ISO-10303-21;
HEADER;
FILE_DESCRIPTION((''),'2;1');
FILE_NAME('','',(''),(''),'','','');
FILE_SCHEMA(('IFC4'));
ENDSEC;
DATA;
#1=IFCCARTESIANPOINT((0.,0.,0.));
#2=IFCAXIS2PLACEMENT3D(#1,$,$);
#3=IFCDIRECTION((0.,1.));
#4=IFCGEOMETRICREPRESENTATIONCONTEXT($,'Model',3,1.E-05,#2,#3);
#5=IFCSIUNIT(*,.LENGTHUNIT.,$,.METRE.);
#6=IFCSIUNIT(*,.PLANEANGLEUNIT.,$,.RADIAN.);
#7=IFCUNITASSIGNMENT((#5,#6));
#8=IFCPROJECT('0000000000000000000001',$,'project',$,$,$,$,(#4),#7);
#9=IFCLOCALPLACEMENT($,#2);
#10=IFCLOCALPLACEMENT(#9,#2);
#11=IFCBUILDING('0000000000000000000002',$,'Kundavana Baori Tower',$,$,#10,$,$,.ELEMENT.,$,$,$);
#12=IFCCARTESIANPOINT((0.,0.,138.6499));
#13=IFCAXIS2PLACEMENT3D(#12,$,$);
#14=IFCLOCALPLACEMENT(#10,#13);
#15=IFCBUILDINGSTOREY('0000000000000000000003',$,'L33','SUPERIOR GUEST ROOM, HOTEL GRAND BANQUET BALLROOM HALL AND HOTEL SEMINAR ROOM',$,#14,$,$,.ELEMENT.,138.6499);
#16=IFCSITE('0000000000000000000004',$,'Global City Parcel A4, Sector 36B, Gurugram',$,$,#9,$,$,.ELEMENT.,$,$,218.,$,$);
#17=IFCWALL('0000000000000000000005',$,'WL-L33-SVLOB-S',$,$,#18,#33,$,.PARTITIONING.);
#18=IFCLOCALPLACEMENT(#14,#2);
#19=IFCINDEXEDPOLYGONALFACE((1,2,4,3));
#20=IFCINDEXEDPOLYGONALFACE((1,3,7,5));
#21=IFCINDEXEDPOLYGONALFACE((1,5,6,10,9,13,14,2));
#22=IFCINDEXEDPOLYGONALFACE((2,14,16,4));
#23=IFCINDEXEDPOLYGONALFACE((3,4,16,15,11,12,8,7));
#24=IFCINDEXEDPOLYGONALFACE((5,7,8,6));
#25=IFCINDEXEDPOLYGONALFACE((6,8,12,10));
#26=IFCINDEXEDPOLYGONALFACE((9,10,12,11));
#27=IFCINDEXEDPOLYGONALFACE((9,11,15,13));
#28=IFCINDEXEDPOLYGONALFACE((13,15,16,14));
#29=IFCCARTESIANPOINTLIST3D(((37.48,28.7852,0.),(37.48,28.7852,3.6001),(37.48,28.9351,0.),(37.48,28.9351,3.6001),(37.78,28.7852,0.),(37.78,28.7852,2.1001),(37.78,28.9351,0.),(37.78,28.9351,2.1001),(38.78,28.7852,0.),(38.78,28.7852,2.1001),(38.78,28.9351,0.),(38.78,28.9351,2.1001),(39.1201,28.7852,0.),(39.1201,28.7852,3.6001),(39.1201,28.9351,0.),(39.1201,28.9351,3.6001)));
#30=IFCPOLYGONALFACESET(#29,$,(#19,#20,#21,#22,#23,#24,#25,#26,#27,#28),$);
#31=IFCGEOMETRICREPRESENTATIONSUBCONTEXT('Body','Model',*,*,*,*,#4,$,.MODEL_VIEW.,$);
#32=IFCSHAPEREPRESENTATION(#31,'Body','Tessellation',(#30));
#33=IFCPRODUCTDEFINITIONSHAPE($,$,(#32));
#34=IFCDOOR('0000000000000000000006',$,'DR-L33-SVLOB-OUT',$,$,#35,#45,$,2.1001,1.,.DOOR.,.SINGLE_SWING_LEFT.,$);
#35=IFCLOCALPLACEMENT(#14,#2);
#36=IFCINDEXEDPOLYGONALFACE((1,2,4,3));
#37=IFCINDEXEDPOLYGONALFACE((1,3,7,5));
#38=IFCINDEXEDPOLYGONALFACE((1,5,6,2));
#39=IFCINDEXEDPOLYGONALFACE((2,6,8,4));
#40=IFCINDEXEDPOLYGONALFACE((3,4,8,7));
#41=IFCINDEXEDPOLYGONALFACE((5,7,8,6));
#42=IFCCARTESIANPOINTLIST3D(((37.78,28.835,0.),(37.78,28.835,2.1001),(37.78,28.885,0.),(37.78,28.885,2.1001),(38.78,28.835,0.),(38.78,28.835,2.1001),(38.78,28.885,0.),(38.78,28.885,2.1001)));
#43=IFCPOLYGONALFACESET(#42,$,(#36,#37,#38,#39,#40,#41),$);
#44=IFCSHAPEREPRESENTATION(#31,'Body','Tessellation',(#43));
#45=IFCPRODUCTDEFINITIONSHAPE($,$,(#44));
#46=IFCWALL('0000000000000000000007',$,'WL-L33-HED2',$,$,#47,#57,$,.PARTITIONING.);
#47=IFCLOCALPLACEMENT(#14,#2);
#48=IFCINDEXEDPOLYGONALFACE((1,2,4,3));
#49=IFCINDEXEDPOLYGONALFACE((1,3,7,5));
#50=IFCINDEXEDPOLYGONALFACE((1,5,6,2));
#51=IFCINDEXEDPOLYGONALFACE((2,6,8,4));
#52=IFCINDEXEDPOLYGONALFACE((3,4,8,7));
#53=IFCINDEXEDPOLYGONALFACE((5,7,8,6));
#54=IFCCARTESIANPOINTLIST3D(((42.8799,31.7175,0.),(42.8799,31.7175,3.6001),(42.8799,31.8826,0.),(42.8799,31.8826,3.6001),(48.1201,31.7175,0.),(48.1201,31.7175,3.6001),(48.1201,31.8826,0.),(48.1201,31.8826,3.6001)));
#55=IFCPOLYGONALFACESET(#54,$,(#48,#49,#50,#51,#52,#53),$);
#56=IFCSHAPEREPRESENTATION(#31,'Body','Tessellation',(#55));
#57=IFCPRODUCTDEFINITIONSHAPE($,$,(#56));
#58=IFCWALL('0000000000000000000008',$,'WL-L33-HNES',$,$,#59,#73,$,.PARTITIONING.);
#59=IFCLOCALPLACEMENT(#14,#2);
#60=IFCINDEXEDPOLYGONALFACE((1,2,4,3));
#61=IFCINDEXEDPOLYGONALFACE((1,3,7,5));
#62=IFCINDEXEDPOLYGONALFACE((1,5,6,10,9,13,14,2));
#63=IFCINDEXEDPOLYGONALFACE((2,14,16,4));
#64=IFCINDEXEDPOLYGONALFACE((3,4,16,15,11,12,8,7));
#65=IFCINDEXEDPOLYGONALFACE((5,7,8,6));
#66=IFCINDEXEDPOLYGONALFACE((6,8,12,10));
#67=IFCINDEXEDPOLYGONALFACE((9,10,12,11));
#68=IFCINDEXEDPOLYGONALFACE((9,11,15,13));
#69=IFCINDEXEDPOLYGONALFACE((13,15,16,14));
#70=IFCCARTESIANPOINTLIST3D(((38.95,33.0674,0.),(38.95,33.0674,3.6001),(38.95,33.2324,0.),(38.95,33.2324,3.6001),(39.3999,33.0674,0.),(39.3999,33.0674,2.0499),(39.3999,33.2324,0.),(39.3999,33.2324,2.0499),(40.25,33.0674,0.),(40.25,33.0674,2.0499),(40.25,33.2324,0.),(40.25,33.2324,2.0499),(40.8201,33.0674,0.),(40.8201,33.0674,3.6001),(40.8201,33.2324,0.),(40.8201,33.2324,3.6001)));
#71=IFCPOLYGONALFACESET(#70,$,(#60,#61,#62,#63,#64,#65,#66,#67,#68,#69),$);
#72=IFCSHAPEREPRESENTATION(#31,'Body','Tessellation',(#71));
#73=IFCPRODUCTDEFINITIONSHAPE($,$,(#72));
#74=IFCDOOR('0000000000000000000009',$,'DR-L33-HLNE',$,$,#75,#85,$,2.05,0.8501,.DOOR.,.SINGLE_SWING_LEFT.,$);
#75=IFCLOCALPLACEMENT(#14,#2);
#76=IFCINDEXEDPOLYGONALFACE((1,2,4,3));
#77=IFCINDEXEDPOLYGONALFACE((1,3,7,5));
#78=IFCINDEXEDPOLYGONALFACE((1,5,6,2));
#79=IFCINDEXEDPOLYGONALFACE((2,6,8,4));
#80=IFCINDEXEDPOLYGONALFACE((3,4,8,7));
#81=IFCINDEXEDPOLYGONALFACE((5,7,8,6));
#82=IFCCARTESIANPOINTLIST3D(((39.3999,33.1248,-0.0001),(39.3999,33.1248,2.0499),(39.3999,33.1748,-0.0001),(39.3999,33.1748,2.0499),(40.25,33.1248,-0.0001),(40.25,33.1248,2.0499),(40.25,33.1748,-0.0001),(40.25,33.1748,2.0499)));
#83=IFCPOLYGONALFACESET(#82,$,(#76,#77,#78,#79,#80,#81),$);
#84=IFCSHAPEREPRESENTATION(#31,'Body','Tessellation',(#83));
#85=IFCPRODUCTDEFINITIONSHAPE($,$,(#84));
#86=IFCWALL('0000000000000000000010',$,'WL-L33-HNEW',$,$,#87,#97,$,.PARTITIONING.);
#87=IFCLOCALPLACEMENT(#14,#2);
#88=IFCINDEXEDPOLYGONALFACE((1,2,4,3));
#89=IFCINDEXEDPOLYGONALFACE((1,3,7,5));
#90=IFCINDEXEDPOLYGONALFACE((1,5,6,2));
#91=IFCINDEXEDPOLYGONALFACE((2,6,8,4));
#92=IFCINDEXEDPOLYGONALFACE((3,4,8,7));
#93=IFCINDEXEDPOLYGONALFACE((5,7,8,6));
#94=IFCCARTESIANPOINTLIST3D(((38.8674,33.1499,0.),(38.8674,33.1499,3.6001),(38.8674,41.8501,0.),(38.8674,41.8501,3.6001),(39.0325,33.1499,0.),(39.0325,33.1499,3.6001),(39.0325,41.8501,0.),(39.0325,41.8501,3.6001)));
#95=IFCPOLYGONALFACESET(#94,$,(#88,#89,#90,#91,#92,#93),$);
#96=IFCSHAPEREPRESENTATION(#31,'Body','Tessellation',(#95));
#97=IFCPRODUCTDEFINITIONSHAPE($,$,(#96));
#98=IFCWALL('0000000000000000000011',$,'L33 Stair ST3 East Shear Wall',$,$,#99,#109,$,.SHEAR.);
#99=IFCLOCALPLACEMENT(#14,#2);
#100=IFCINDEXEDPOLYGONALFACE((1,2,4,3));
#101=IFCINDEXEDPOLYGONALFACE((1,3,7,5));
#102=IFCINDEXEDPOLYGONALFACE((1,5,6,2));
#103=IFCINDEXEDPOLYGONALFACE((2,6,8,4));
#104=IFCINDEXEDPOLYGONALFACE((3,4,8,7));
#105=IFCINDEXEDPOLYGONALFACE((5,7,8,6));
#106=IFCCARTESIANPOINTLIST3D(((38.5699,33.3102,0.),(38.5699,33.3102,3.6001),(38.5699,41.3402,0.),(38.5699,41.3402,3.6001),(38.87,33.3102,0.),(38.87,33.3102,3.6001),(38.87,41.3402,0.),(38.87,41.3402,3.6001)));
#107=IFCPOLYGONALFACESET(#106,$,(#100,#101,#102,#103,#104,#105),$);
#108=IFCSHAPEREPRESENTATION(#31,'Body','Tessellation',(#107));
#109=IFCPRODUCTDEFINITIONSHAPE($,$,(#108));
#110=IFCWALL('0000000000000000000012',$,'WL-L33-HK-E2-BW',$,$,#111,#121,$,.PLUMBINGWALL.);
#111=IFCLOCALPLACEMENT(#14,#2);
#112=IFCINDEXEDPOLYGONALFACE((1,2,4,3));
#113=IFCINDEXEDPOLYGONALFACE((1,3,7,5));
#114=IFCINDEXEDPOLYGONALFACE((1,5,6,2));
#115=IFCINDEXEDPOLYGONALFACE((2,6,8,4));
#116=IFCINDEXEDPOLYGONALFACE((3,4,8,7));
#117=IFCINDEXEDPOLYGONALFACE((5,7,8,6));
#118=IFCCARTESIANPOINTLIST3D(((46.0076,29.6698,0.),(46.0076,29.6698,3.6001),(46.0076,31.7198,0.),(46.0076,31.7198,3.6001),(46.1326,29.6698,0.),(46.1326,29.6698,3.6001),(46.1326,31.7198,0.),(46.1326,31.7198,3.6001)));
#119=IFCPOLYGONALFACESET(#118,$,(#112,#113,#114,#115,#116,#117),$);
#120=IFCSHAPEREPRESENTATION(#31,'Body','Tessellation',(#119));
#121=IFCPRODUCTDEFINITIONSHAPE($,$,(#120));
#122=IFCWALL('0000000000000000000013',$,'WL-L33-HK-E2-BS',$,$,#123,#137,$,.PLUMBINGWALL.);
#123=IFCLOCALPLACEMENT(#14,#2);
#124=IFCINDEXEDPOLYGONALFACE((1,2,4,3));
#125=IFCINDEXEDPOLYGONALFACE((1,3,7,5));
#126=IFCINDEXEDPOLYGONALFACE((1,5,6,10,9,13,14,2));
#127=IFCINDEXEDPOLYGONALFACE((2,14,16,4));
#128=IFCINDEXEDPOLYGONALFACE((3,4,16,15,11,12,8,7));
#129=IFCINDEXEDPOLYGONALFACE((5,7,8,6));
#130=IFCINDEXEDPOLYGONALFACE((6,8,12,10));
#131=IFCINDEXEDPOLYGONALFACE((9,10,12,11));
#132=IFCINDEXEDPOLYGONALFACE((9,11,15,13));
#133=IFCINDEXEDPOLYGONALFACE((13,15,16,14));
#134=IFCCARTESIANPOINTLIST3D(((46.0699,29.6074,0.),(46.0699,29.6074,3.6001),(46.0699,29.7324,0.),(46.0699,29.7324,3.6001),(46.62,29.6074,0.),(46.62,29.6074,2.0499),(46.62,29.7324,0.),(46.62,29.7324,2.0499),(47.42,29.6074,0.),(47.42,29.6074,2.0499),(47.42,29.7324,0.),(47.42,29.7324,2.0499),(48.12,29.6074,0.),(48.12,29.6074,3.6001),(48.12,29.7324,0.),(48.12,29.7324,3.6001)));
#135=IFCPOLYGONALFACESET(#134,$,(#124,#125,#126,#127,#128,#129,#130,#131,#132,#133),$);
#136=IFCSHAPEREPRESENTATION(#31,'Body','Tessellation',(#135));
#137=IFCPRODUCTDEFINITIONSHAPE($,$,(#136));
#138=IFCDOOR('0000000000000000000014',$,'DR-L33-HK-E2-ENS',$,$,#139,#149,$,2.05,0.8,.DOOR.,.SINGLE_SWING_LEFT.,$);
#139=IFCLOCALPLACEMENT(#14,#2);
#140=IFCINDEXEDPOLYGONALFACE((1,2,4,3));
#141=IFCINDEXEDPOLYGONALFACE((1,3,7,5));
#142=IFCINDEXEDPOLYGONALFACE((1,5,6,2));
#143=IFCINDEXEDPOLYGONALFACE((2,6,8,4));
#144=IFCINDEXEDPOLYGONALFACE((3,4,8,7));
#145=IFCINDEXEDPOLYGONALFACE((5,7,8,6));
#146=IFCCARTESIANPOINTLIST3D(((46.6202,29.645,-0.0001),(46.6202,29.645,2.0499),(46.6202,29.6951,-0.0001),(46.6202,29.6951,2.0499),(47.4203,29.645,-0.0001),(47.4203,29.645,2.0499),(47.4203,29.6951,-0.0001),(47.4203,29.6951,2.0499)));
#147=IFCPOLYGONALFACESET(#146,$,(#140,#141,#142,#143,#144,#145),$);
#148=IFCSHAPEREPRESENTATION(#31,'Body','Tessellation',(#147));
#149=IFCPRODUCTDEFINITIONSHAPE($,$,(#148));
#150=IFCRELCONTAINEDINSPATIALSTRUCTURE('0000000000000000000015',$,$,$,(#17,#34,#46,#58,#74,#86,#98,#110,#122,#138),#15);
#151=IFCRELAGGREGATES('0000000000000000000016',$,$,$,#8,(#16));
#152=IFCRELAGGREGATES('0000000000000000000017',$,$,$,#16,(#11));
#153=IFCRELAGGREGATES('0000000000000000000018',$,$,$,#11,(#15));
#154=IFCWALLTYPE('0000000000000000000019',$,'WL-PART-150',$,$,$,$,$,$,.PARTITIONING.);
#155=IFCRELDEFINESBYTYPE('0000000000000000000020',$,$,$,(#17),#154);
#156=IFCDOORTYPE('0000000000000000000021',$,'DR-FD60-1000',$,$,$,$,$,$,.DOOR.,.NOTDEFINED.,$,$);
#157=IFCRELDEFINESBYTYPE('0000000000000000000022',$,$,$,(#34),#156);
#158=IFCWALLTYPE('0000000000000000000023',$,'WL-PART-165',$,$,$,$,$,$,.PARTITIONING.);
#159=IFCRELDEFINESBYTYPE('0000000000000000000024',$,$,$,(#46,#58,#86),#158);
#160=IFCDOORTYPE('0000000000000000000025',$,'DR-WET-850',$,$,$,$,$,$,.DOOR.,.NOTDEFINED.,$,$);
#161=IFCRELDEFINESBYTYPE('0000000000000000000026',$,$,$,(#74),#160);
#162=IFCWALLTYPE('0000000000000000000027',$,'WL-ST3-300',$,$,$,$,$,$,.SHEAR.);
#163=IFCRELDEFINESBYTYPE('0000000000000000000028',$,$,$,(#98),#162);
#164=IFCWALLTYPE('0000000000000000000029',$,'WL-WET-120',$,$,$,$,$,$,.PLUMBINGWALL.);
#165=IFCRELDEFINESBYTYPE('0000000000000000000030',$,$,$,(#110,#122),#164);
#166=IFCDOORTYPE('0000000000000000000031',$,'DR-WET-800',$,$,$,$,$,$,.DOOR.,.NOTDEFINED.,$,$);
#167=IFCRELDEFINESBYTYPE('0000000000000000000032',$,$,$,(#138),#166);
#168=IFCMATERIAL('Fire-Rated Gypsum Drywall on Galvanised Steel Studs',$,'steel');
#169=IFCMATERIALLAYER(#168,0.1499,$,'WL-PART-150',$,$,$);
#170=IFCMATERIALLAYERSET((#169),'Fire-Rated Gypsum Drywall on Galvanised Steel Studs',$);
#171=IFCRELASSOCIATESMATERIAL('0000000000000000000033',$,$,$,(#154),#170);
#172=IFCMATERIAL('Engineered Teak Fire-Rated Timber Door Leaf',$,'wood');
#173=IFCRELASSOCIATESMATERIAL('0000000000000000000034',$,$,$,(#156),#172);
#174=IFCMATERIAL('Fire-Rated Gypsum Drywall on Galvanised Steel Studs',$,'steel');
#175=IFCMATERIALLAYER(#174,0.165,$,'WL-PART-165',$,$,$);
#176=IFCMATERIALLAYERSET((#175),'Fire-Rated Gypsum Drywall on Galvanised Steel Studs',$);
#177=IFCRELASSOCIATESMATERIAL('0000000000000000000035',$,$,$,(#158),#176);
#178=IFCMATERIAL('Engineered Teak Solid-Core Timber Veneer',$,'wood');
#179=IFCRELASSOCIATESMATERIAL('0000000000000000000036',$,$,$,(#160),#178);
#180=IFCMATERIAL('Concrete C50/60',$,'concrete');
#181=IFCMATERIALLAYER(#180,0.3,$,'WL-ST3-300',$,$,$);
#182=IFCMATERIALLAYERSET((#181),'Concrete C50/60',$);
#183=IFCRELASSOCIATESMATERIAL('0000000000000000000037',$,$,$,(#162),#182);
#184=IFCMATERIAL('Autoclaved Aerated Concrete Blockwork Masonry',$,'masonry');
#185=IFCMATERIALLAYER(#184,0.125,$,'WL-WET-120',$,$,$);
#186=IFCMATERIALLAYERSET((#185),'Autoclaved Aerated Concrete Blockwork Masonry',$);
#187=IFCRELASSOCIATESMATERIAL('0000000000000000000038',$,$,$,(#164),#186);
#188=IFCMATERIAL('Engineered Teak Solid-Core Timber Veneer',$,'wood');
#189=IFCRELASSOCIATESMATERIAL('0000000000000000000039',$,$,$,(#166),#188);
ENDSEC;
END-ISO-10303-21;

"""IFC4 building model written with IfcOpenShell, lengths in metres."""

from ifc_helpers import new_model, si_unit, direction, frame, frame_2d, origin, place, context, subcontext, project, spatial, rectangle, extrude, material, layer, layer_set, type_object, element, fill, save


model = new_model("IFC4")

# Units and contexts
model_context = context("Model", 3, precision=1e-05, world=origin(), true_north=direction((0.0, 1.0)))
body_context = subcontext(model_context, "Body", "Model", "MODEL_VIEW")
ifc_project = project(units=[si_unit("LENGTHUNIT", "METRE"), si_unit("PLANEANGLEUNIT", "RADIAN")], contexts=[model_context])

# Site, building, storey
site_placement = place(None, origin())
site = spatial("IfcSite", under=ifc_project, at=site_placement, Name="Global City Parcel A4, Sector 36B, Gurugram", CompositionType="ELEMENT", RefElevation=218.0)
building_placement = place(site_placement, origin())
building = spatial("IfcBuilding", under=site, at=building_placement, Name="Kundavana Baori Tower", CompositionType="ELEMENT")
storey_placement = place(building_placement, frame((0.0, 0.0, 138.6499)))
storey = spatial("IfcBuildingStorey", under=building, at=storey_placement, Name="L33", Description="SUPERIOR GUEST ROOM, HOTEL GRAND BANQUET BALLROOM HALL AND HOTEL SEMINAR ROOM", CompositionType="ELEMENT", Elevation=138.6499)

# Shared definitions
ifc_material_1 = material(Name="Fire-Rated Gypsum Drywall on Galvanised Steel Studs", Category="steel")
ifc_layer_1 = layer(ifc_material_1, 0.1499, Name="WL-PART-150")
ifc_layer_set_1 = layer_set([ifc_layer_1], Name="Fire-Rated Gypsum Drywall on Galvanised Steel Studs")
wall_type_1 = type_object("IfcWallType", Name="WL-PART-150", PredefinedType="PARTITIONING", material=ifc_layer_set_1)

# Wall, opening, door
wall_1_placement = place(storey_placement, frame((37.48, 28.8601, 0.0), z_axis=(0.0, 0.0, 1.0), x_axis=(1.0, 0.0, 0.0)))
wall_1 = element("IfcWall", 1, at=wall_1_placement, inside=storey, type_object=wall_type_1, Name="WL-L33-SVLOB-S", PredefinedType="PARTITIONING", context=body_context, shape_type="SweptSolid", body=[
    extrude(rectangle(XDim=1.6401, YDim=0.1499, at=frame_2d((0.8201, 0.0))), origin(), (0.0, 0.0, 1.0), 3.6001),
])
opening_1_placement = place(wall_1_placement, frame((0.3, 0.0, 0.0)))
opening_1 = element("IfcOpeningElement", 2, at=opening_1_placement, cuts=wall_1, PredefinedType="OPENING", context=body_context, shape_type="SweptSolid", body=[
    extrude(rectangle(XDim=1.0, YDim=2.1001, at=frame_2d((0.5, 1.05))), frame((0.0, 0.085, 0.0), z_axis=(0.0, -1.0, 0.0), x_axis=(1.0, 0.0, 0.0)), (0.0, 0.0, 1.0), 0.1699),
])
ifc_material_2 = material(Name="Engineered Teak Fire-Rated Timber Door Leaf", Category="wood")
door_type_1 = type_object("IfcDoorType", Name="DR-FD60-1000", OperationType="NOTDEFINED", PredefinedType="DOOR", material=ifc_material_2)
door_1_placement = place(opening_1_placement, origin())
door_1 = element("IfcDoor", 3, at=door_1_placement, inside=storey, type_object=door_type_1, Name="DR-L33-SVLOB-OUT", OperationType="SINGLE_SWING_LEFT", OverallHeight=2.1001, OverallWidth=1.0, PredefinedType="DOOR", context=body_context, shape_type="SweptSolid", body=[
    extrude(rectangle(XDim=1.0, YDim=2.1001, at=frame_2d((0.5, 1.05))), frame((0.0, 0.0249, 0.0), z_axis=(0.0, -1.0, 0.0), x_axis=(1.0, 0.0, 0.0)), (0.0, 0.0, 1.0), 0.05),
])
fill(opening_1, door_1)

# Wall
ifc_material_3 = material(Name="Fire-Rated Gypsum Drywall on Galvanised Steel Studs", Category="steel")
ifc_layer_2 = layer(ifc_material_3, 0.165, Name="WL-PART-165")
ifc_layer_set_2 = layer_set([ifc_layer_2], Name="Fire-Rated Gypsum Drywall on Galvanised Steel Studs")
wall_type_2 = type_object("IfcWallType", Name="WL-PART-165", PredefinedType="PARTITIONING", material=ifc_layer_set_2)
wall_2_placement = place(storey_placement, frame((42.8799, 31.8, 0.0), z_axis=(0.0, 0.0, 1.0), x_axis=(1.0, 0.0, 0.0)))
element("IfcWall", 4, at=wall_2_placement, inside=storey, type_object=wall_type_2, Name="WL-L33-HED2", PredefinedType="PARTITIONING", context=body_context, shape_type="SweptSolid", body=[
    extrude(rectangle(XDim=5.2402, YDim=0.165, at=frame_2d((2.6201, 0.0))), origin(), (0.0, 0.0, 1.0), 3.6001),
])

# Wall, opening, door
wall_3_placement = place(storey_placement, frame((38.95, 33.1499, 0.0), z_axis=(0.0, 0.0, 1.0), x_axis=(1.0, 0.0, 0.0)))
wall_3 = element("IfcWall", 5, at=wall_3_placement, inside=storey, type_object=wall_type_2, Name="WL-L33-HNES", PredefinedType="PARTITIONING", context=body_context, shape_type="SweptSolid", body=[
    extrude(rectangle(XDim=1.8701, YDim=0.165, at=frame_2d((0.9351, 0.0))), origin(), (0.0, 0.0, 1.0), 3.6001),
])
opening_2_placement = place(wall_3_placement, frame((0.45, 0.0, 0.0)))
opening_2 = element("IfcOpeningElement", 6, at=opening_2_placement, cuts=wall_3, PredefinedType="OPENING", context=body_context, shape_type="SweptSolid", body=[
    extrude(rectangle(XDim=0.8501, YDim=2.05, at=frame_2d((0.425, 1.0249))), frame((0.0, 0.0925, 0.0), z_axis=(0.0, -1.0, 0.0), x_axis=(1.0, 0.0, 0.0)), (0.0, 0.0, 1.0), 0.1851),
])
ifc_material_4 = material(Name="Engineered Teak Solid-Core Timber Veneer", Category="wood")
door_type_2 = type_object("IfcDoorType", Name="DR-WET-850", OperationType="NOTDEFINED", PredefinedType="DOOR", material=ifc_material_4)
door_2_placement = place(opening_2_placement, origin())
door_2 = element("IfcDoor", 7, at=door_2_placement, inside=storey, type_object=door_type_2, Name="DR-L33-HLNE", OperationType="SINGLE_SWING_LEFT", OverallHeight=2.05, OverallWidth=0.8501, PredefinedType="DOOR", context=body_context, shape_type="SweptSolid", body=[
    extrude(rectangle(XDim=0.8501, YDim=2.05, at=frame_2d((0.425, 1.0249))), frame((0.0, 0.0249, 0.0), z_axis=(0.0, -1.0, 0.0), x_axis=(1.0, 0.0, 0.0)), (0.0, 0.0, 1.0), 0.05),
])
fill(opening_2, door_2)

# Wall
wall_4_placement = place(storey_placement, frame((38.95, 33.1499, 0.0), z_axis=(0.0, 0.0, 1.0), x_axis=(0.0, 1.0, 0.0)))
element("IfcWall", 8, at=wall_4_placement, inside=storey, type_object=wall_type_2, Name="WL-L33-HNEW", PredefinedType="PARTITIONING", context=body_context, shape_type="SweptSolid", body=[
    extrude(rectangle(XDim=8.7002, YDim=0.165, at=frame_2d((4.3501, 0.0))), origin(), (0.0, 0.0, 1.0), 3.6001),
])

# Walls
ifc_material_5 = material(Name="Concrete C50/60", Category="concrete")
ifc_layer_3 = layer(ifc_material_5, 0.3, Name="WL-ST3-300")
ifc_layer_set_3 = layer_set([ifc_layer_3], Name="Concrete C50/60")
wall_type_3 = type_object("IfcWallType", Name="WL-ST3-300", PredefinedType="SHEAR", material=ifc_layer_set_3)
wall_5_placement = place(storey_placement, frame((38.72, 33.3101, 0.0), z_axis=(0.0, 0.0, 1.0), x_axis=(0.0, 1.0, 0.0)))
element("IfcWall", 9, at=wall_5_placement, inside=storey, type_object=wall_type_3, Name="L33 Stair ST3 East Shear Wall", PredefinedType="SHEAR", context=body_context, shape_type="SweptSolid", body=[
    extrude(rectangle(XDim=8.03, YDim=0.3, at=frame_2d((4.0151, 0.0))), origin(), (0.0, 0.0, 1.0), 3.6001),
])
ifc_material_6 = material(Name="Autoclaved Aerated Concrete Blockwork Masonry", Category="masonry")
ifc_layer_4 = layer(ifc_material_6, 0.125, Name="WL-WET-120")
ifc_layer_set_4 = layer_set([ifc_layer_4], Name="Autoclaved Aerated Concrete Blockwork Masonry")
wall_type_4 = type_object("IfcWallType", Name="WL-WET-120", PredefinedType="PLUMBINGWALL", material=ifc_layer_set_4)
wall_6_placement = place(storey_placement, frame((46.0701, 29.6699, 0.0), z_axis=(0.0, 0.0, 1.0), x_axis=(0.0, 1.0, 0.0)))
element("IfcWall", 10, at=wall_6_placement, inside=storey, type_object=wall_type_4, Name="WL-L33-HK-E2-BW", PredefinedType="PLUMBINGWALL", context=body_context, shape_type="SweptSolid", body=[
    extrude(rectangle(XDim=2.05, YDim=0.125, at=frame_2d((1.0249, 0.0))), origin(), (0.0, 0.0, 1.0), 3.6001),
])

# Wall, opening, door
wall_7_placement = place(storey_placement, frame((46.0701, 29.6699, 0.0), z_axis=(0.0, 0.0, 1.0), x_axis=(1.0, 0.0, 0.0)))
wall_7 = element("IfcWall", 11, at=wall_7_placement, inside=storey, type_object=wall_type_4, Name="WL-L33-HK-E2-BS", PredefinedType="PLUMBINGWALL", context=body_context, shape_type="SweptSolid", body=[
    extrude(rectangle(XDim=2.05, YDim=0.125, at=frame_2d((1.0249, 0.0))), origin(), (0.0, 0.0, 1.0), 3.6001),
])
opening_3_placement = place(wall_7_placement, frame((0.55, 0.0, 0.0)))
opening_3 = element("IfcOpeningElement", 12, at=opening_3_placement, cuts=wall_7, PredefinedType="OPENING", context=body_context, shape_type="SweptSolid", body=[
    extrude(rectangle(XDim=0.8, YDim=2.05, at=frame_2d((0.3999, 1.0249))), frame((0.0, 0.0725, 0.0), z_axis=(0.0, -1.0, 0.0), x_axis=(1.0, 0.0, 0.0)), (0.0, 0.0, 1.0), 0.145),
])
ifc_material_7 = material(Name="Engineered Teak Solid-Core Timber Veneer", Category="wood")
door_type_3 = type_object("IfcDoorType", Name="DR-WET-800", OperationType="NOTDEFINED", PredefinedType="DOOR", material=ifc_material_7)
door_3_placement = place(opening_3_placement, frame((0.8, 0.0, 0.0), z_axis=(0.0, 0.0, 1.0), x_axis=(-1.0, 0.0, 0.0)))
door_3 = element("IfcDoor", 13, at=door_3_placement, inside=storey, type_object=door_type_3, Name="DR-L33-HK-E2-ENS", OperationType="SINGLE_SWING_LEFT", OverallHeight=2.05, OverallWidth=0.8, PredefinedType="DOOR", context=body_context, shape_type="SweptSolid", body=[
    extrude(rectangle(XDim=0.8, YDim=2.05, at=frame_2d((0.3999, 1.0249))), frame((0.0, 0.0249, 0.0), z_axis=(0.0, -1.0, 0.0), x_axis=(1.0, 0.0, 0.0)), (0.0, 0.0, 1.0), 0.05),
])
fill(opening_3, door_3)

save(model, "model.ifc")
